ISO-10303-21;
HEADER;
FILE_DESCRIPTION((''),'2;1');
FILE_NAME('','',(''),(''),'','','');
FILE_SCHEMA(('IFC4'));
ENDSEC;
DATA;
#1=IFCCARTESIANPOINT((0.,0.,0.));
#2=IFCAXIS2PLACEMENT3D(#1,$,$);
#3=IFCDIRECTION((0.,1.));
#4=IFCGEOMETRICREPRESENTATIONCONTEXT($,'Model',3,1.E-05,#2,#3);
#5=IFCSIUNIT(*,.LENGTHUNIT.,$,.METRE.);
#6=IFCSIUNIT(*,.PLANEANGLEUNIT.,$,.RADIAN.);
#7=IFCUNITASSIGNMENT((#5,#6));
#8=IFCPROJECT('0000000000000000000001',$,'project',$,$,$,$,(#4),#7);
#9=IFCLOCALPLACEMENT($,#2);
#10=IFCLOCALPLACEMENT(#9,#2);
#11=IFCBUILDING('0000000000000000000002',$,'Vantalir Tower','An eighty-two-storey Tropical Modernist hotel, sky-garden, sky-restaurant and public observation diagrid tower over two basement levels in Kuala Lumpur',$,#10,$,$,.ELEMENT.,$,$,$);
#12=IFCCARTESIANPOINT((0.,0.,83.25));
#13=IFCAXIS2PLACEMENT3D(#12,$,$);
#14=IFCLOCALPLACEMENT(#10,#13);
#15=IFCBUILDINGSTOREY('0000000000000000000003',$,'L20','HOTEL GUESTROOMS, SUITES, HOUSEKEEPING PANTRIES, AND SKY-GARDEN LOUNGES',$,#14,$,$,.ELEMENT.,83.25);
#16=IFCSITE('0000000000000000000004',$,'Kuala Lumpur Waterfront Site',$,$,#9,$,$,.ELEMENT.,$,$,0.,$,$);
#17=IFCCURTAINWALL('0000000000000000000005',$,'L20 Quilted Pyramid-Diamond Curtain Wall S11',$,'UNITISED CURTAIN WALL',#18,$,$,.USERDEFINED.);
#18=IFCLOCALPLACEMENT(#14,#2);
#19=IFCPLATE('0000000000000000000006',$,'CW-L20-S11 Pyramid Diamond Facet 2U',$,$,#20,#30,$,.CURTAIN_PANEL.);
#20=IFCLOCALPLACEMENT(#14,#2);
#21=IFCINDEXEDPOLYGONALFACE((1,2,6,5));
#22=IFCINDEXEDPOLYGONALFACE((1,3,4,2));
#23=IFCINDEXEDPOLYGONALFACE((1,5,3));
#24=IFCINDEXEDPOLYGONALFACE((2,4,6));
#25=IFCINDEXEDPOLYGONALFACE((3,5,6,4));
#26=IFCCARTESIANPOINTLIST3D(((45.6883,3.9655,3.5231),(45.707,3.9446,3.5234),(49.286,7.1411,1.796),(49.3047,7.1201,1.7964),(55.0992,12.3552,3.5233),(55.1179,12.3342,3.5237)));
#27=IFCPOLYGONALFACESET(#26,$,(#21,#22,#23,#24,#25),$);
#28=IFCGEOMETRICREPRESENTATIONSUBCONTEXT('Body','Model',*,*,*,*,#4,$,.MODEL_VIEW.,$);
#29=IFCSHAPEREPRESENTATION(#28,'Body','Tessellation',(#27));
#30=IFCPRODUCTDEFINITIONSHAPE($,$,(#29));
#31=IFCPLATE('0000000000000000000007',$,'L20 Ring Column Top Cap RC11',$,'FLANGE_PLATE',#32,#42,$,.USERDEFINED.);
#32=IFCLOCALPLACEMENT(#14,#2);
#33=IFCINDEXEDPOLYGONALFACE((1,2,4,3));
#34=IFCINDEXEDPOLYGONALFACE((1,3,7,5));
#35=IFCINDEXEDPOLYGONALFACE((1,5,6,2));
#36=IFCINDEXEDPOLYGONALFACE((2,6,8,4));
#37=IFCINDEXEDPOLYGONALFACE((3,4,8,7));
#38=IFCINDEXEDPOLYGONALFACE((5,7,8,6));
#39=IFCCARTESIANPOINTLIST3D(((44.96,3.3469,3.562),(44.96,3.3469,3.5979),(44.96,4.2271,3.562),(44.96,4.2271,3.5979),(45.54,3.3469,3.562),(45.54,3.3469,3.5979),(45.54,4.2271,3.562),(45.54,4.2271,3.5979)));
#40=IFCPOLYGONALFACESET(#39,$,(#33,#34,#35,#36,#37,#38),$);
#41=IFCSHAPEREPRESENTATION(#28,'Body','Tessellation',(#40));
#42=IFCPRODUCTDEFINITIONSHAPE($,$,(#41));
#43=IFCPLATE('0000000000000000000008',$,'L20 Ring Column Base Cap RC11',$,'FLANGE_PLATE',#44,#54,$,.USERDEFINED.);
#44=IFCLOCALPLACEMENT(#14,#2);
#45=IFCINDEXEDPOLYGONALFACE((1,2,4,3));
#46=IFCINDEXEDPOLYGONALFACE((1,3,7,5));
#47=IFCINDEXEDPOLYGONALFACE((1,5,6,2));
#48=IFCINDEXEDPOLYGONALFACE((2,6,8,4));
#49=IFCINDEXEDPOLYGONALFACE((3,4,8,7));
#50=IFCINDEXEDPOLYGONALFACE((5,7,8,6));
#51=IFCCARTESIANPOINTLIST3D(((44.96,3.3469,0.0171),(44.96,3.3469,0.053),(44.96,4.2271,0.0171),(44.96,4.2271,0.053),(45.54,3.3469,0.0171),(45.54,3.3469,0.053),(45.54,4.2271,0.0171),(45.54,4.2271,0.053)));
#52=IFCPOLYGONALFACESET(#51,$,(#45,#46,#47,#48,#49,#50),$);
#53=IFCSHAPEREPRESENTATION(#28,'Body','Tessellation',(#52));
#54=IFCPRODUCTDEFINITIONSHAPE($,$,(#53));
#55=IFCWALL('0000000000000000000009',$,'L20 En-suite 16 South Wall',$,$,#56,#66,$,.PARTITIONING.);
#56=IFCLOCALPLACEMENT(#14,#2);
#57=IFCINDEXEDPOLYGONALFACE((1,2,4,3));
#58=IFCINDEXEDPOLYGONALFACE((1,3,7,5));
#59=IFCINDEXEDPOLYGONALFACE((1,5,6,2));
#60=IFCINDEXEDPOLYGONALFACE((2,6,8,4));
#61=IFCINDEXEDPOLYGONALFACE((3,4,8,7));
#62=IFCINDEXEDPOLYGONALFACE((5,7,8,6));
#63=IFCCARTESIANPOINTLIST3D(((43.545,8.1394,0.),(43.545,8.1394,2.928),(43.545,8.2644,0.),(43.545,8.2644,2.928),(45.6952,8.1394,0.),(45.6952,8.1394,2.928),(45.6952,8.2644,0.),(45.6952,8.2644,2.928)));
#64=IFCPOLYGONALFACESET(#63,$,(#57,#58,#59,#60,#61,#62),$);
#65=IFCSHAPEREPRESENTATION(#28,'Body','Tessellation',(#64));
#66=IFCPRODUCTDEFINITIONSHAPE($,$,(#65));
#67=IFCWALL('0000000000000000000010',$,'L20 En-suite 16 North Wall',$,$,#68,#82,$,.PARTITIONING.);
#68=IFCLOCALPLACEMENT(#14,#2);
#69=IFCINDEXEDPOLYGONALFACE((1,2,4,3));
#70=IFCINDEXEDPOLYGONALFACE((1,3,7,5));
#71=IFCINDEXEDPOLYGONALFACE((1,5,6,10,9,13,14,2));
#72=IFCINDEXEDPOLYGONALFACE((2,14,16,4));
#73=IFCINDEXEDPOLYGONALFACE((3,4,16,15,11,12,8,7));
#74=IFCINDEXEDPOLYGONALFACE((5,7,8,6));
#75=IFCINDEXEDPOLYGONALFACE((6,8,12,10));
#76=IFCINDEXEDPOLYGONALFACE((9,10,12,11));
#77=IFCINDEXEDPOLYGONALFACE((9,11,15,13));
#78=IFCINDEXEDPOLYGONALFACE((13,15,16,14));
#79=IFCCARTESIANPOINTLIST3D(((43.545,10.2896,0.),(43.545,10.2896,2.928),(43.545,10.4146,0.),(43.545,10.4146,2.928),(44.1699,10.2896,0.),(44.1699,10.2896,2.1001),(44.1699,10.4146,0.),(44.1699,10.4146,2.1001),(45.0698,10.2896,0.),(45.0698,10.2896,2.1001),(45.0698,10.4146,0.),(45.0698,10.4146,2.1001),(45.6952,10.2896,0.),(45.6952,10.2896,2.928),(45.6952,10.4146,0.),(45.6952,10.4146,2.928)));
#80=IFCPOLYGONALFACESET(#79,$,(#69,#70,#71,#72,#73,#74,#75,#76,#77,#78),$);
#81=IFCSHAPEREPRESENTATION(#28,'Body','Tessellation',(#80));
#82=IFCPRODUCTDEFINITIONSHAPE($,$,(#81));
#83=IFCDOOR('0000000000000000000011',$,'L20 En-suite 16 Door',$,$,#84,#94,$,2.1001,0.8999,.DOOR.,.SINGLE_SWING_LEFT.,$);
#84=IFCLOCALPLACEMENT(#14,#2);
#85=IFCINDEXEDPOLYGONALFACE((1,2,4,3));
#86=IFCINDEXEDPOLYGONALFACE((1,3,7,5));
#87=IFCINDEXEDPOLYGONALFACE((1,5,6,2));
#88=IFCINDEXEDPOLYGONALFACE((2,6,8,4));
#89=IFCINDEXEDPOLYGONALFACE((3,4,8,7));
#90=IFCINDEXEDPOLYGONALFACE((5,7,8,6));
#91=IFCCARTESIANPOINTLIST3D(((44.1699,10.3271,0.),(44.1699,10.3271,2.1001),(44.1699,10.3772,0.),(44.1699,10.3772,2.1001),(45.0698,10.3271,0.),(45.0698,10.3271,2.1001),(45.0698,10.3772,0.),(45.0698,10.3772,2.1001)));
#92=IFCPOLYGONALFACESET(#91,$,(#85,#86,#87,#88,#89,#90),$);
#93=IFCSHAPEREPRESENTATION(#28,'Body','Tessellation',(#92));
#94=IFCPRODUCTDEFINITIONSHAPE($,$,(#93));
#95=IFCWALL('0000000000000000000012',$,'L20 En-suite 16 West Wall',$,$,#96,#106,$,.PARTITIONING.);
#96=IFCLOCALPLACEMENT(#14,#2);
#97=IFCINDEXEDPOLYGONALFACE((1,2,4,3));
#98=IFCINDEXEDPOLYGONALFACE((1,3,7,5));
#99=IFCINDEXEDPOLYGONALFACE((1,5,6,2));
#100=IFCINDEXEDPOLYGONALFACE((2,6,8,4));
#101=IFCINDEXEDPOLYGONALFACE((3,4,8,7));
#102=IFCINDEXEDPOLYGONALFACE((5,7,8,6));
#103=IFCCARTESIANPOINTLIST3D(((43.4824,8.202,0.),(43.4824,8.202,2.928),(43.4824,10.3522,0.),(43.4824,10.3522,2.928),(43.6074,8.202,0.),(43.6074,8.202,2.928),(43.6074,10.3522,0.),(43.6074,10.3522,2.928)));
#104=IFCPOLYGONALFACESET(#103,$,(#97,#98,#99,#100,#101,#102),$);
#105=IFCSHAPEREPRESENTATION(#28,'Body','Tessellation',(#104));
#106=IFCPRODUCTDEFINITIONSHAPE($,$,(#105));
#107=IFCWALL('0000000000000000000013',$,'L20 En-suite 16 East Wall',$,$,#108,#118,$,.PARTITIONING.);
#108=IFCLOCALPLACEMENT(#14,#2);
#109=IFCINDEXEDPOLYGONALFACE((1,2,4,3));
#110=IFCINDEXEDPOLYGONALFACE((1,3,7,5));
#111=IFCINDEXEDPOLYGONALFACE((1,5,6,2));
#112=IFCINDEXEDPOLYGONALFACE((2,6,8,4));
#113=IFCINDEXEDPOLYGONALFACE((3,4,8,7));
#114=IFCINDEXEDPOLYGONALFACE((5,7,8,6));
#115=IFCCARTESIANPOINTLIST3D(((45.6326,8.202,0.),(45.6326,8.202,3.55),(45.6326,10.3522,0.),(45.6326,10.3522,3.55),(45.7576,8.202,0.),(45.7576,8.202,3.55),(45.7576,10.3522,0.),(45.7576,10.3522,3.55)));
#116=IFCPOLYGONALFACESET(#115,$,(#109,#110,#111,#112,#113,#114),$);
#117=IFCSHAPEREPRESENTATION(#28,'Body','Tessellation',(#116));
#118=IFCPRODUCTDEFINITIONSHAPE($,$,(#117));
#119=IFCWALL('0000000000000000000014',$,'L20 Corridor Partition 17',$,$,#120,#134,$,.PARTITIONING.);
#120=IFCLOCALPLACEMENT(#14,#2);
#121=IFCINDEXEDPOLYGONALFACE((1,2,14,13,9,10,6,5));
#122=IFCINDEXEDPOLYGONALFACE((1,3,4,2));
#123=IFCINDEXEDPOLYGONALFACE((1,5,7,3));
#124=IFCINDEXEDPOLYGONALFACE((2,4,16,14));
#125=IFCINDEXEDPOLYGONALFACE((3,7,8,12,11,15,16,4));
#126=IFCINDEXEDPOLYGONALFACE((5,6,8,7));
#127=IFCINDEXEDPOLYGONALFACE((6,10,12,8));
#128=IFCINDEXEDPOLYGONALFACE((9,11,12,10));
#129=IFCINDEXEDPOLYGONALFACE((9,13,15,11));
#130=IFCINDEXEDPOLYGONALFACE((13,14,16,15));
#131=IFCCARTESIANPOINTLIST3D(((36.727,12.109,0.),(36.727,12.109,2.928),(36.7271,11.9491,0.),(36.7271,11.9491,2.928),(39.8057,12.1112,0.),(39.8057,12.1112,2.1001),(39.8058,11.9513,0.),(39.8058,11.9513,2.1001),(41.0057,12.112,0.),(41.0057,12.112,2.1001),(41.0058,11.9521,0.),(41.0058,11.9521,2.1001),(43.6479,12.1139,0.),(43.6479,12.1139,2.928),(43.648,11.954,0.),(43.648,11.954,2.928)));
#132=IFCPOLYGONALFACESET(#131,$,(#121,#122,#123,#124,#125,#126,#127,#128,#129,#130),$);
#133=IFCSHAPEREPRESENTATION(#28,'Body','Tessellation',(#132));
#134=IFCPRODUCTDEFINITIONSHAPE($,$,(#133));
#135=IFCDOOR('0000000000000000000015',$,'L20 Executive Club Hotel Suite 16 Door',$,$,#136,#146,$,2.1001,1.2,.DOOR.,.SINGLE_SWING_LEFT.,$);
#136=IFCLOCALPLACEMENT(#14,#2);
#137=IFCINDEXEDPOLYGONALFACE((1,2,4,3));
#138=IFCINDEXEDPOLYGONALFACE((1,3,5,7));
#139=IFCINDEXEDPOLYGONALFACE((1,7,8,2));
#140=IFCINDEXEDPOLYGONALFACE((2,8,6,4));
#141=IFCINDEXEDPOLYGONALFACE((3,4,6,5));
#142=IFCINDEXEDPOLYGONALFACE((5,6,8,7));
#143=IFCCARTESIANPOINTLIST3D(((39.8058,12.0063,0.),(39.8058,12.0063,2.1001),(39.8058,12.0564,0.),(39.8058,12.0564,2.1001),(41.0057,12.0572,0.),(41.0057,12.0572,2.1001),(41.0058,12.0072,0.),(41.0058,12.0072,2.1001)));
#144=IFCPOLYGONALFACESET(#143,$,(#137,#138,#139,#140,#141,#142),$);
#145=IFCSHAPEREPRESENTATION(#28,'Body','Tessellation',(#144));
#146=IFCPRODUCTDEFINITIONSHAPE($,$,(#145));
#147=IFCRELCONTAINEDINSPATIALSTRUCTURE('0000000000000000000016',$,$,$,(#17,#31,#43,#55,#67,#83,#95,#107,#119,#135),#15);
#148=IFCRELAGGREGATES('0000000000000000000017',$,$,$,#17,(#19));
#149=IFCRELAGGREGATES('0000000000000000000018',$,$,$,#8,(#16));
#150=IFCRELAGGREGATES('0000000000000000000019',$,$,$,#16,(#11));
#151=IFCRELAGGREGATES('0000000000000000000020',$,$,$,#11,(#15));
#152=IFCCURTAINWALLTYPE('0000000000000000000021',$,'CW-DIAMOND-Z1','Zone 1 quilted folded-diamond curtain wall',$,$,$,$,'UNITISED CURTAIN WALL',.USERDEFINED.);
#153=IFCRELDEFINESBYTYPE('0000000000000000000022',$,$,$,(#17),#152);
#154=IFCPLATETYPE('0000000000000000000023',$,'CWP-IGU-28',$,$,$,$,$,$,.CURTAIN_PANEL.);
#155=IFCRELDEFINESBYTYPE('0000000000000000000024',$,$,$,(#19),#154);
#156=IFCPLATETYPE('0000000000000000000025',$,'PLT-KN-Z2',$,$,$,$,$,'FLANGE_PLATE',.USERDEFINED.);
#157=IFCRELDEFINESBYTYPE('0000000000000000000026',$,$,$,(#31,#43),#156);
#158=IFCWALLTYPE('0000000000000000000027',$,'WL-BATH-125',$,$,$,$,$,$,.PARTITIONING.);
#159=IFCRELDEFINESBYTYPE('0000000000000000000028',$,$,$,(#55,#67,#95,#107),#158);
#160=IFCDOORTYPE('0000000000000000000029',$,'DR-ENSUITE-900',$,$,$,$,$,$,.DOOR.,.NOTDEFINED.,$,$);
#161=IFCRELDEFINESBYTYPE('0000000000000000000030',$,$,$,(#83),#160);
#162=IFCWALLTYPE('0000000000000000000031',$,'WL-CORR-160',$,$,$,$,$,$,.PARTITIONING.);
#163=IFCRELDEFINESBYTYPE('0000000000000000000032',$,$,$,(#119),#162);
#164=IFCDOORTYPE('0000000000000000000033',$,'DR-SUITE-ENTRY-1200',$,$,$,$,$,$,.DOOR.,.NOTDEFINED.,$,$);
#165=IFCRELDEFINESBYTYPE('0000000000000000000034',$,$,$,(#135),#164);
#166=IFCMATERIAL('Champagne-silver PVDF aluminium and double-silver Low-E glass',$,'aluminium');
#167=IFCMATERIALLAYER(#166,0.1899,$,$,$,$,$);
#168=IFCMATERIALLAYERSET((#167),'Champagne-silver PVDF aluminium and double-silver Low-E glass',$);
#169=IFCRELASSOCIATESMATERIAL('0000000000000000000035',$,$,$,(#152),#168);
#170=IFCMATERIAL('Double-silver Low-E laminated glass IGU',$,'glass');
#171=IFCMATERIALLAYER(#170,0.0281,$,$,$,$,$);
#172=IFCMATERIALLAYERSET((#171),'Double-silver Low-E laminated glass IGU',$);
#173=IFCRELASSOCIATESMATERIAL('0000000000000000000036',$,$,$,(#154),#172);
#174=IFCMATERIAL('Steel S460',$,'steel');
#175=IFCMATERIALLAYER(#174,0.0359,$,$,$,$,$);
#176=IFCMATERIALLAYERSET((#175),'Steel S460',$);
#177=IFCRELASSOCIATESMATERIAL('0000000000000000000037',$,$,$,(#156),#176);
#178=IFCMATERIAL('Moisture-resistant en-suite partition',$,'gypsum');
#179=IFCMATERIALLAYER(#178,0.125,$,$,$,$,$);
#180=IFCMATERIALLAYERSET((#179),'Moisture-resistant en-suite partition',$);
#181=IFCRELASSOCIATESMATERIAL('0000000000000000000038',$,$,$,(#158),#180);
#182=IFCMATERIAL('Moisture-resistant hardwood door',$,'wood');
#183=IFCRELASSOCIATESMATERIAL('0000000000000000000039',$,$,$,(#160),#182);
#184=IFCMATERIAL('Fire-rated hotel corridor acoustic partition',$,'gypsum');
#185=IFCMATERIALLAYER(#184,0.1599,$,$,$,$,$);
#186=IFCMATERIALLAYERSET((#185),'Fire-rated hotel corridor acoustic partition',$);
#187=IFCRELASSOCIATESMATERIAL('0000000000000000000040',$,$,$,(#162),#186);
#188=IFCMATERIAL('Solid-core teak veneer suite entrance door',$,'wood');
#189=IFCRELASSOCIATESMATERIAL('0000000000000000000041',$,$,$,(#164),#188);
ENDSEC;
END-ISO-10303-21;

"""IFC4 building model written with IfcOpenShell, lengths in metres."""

from ifc_helpers import new_model, si_unit, direction, frame, frame_2d, origin, place, context, subcontext, project, spatial, polyline, rectangle, outline, extrude, material, layer, layer_set, type_object, element, fill, aggregate, save


model = new_model("IFC4")

# Units and contexts
model_context = context("Model", 3, precision=1e-05, world=origin(), true_north=direction((0.0, 1.0)))
body_context = subcontext(model_context, "Body", "Model", "MODEL_VIEW")
ifc_project = project(units=[si_unit("LENGTHUNIT", "METRE"), si_unit("PLANEANGLEUNIT", "RADIAN")], contexts=[model_context])

# Site, building, storey
site_placement = place(None, origin())
site = spatial("IfcSite", under=ifc_project, at=site_placement, Name="Kuala Lumpur Waterfront Site", CompositionType="ELEMENT", RefElevation=0.0)
building_placement = place(site_placement, origin())
building = spatial("IfcBuilding", under=site, at=building_placement, Name="Vantalir Tower", Description="An eighty-two-storey Tropical Modernist hotel, sky-garden, sky-restaurant and public observation diagrid tower over two basement levels in Kuala Lumpur", CompositionType="ELEMENT")
storey_placement = place(building_placement, frame((0.0, 0.0, 83.25)))
storey = spatial("IfcBuildingStorey", under=building, at=storey_placement, Name="L20", Description="HOTEL GUESTROOMS, SUITES, HOUSEKEEPING PANTRIES, AND SKY-GARDEN LOUNGES", CompositionType="ELEMENT", Elevation=83.25)

# Shared definitions
ifc_material_1 = material(Name="Steel S460", Category="steel")

# Shared definitions
ifc_material_2 = material(Name="Champagne-silver PVDF aluminium and double-silver Low-E glass", Category="aluminium")
ifc_layer_1 = layer(ifc_material_2, 0.1899)
ifc_layer_set_1 = layer_set([ifc_layer_1], Name="Champagne-silver PVDF aluminium and double-silver Low-E glass")
curtain_wall_type = type_object("IfcCurtainWallType", Name="CW-DIAMOND-Z1", Description="Zone 1 quilted folded-diamond curtain wall", ElementType="UNITISED CURTAIN WALL", PredefinedType="USERDEFINED", material=ifc_layer_set_1)

# Curtain wall
curtain_wall_1_placement = place(storey_placement, origin())
curtain_wall_1 = element("IfcCurtainWall", 1, at=curtain_wall_1_placement, inside=storey, type_object=curtain_wall_type, Name="L20 Quilted Pyramid-Diamond Curtain Wall S11", ObjectType="UNITISED CURTAIN WALL", PredefinedType="USERDEFINED")

# Plate
ifc_material_3 = material(Name="Double-silver Low-E laminated glass IGU", Category="glass")
ifc_layer_2 = layer(ifc_material_3, 0.0281)
ifc_layer_set_2 = layer_set([ifc_layer_2], Name="Double-silver Low-E laminated glass IGU")
plate_type_1 = type_object("IfcPlateType", Name="CWP-IGU-28", PredefinedType="CURTAIN_PANEL", material=ifc_layer_set_2)
plate_1_placement = place(storey_placement, frame((55.1179, 12.3342, 3.5237), z_axis=(0.665382, -0.746377, 0.013705), x_axis=(-0.746447, -0.665445, -0.000019)))
plate_1 = element("IfcPlate", 2, at=plate_1_placement, type_object=plate_type_1, Name="CW-L20-S11 Pyramid Diamond Facet 2U", PredefinedType="CURTAIN_PANEL", context=body_context, shape_type="SweptSolid", body=[
    extrude(outline(polyline([(0.0, 0.0), (12.6076, 0.0), (7.809, 1.7273), (0.0, 0.0)])), origin(), (0.0, 0.0, -1.0), 0.0281),
])
aggregate(curtain_wall_1, [plate_1])

# Plates
ifc_layer_3 = layer(ifc_material_1, 0.0359)
ifc_layer_set_3 = layer_set([ifc_layer_3], Name="Steel S460")
plate_type_2 = type_object("IfcPlateType", Name="PLT-KN-Z2", ElementType="FLANGE_PLATE", PredefinedType="USERDEFINED", material=ifc_layer_set_3)
for number, where, z_axis, x_axis, name in (
    (3, (44.96, 4.2271, 3.5979), (0.0, 0.0, 1.0), (0.0, -1.0, 0.0), "L20 Ring Column Top Cap RC11"),
    (4, (44.96, 4.2271, 0.053), (0.0, 0.0, 1.0), (0.0, -1.0, 0.0), "L20 Ring Column Base Cap RC11"),
):
    element("IfcPlate", number, at=place(storey_placement, frame(where, z_axis=z_axis, x_axis=x_axis)), inside=storey, type_object=plate_type_2, Name=name, ObjectType="FLANGE_PLATE", PredefinedType="USERDEFINED", context=body_context, shape_type="SweptSolid", body=[
        extrude(outline(polyline([(0.0, 0.0), (0.8801, 0.0), (0.8801, 0.5801), (0.0, 0.5801), (0.0, 0.0)])), origin(), (0.0, 0.0, -1.0), 0.0359),
    ])

# Wall
ifc_material_4 = material(Name="Moisture-resistant en-suite partition", Category="gypsum")
ifc_layer_4 = layer(ifc_material_4, 0.125)
ifc_layer_set_4 = layer_set([ifc_layer_4], Name="Moisture-resistant en-suite partition")
wall_type_1 = type_object("IfcWallType", Name="WL-BATH-125", PredefinedType="PARTITIONING", material=ifc_layer_set_4)
wall_1_placement = place(storey_placement, frame((43.5449, 8.2019, 0.0), z_axis=(0.0, 0.0, 1.0), x_axis=(1.0, 0.0, 0.0)))
element("IfcWall", 5, at=wall_1_placement, inside=storey, type_object=wall_type_1, Name="L20 En-suite 16 South Wall", PredefinedType="PARTITIONING", context=body_context, shape_type="SweptSolid", body=[
    extrude(rectangle(XDim=2.1501, YDim=0.125, at=frame_2d((1.0752, 0.0))), origin(), (0.0, 0.0, 1.0), 2.928),
])

# Wall, opening, door
wall_2_placement = place(storey_placement, frame((43.5449, 10.3521, 0.0), z_axis=(0.0, 0.0, 1.0), x_axis=(1.0, 0.0, 0.0)))
wall_2 = element("IfcWall", 6, at=wall_2_placement, inside=storey, type_object=wall_type_1, Name="L20 En-suite 16 North Wall", PredefinedType="PARTITIONING", context=body_context, shape_type="SweptSolid", body=[
    extrude(rectangle(XDim=2.1501, YDim=0.125, at=frame_2d((1.0752, 0.0))), origin(), (0.0, 0.0, 1.0), 2.928),
])
opening_1_placement = place(wall_2_placement, frame((0.625, 0.0, 0.0)))
opening_1 = element("IfcOpeningElement", 7, at=opening_1_placement, cuts=wall_2, PredefinedType="OPENING", context=body_context, shape_type="SweptSolid", body=[
    extrude(rectangle(XDim=0.8999, YDim=2.1001, at=frame_2d((0.45, 1.05))), frame((0.0, 0.0725, 0.0), z_axis=(0.0, -1.0, 0.0), x_axis=(1.0, 0.0, 0.0)), (0.0, 0.0, 1.0), 0.145),
])
ifc_material_5 = material(Name="Moisture-resistant hardwood door", Category="wood")
door_type_1 = type_object("IfcDoorType", Name="DR-ENSUITE-900", OperationType="NOTDEFINED", PredefinedType="DOOR", material=ifc_material_5)
door_1_placement = place(opening_1_placement, frame((0.8999, 0.0, 0.0), z_axis=(0.0, 0.0, 1.0), x_axis=(-1.0, 0.0, 0.0)))
door_1 = element("IfcDoor", 8, at=door_1_placement, inside=storey, type_object=door_type_1, Name="L20 En-suite 16 Door", OperationType="SINGLE_SWING_LEFT", OverallHeight=2.1001, OverallWidth=0.8999, PredefinedType="DOOR", context=body_context, shape_type="SweptSolid", body=[
    extrude(rectangle(XDim=0.8999, YDim=2.1001, at=frame_2d((0.45, 1.05))), frame((0.0, 0.0249, 0.0), z_axis=(0.0, -1.0, 0.0), x_axis=(1.0, 0.0, 0.0)), (0.0, 0.0, 1.0), 0.05),
])
fill(opening_1, door_1)

# Walls
wall_3_placement = place(storey_placement, frame((43.5449, 8.2019, 0.0), z_axis=(0.0, 0.0, 1.0), x_axis=(0.0, 1.0, 0.0)))
element("IfcWall", 9, at=wall_3_placement, inside=storey, type_object=wall_type_1, Name="L20 En-suite 16 West Wall", PredefinedType="PARTITIONING", context=body_context, shape_type="SweptSolid", body=[
    extrude(rectangle(XDim=2.1501, YDim=0.125, at=frame_2d((1.0752, 0.0))), origin(), (0.0, 0.0, 1.0), 2.928),
])
wall_4_placement = place(storey_placement, frame((45.6951, 8.2019, 0.0), z_axis=(0.0, 0.0, 1.0), x_axis=(0.0, 1.0, 0.0)))
element("IfcWall", 10, at=wall_4_placement, inside=storey, type_object=wall_type_1, Name="L20 En-suite 16 East Wall", PredefinedType="PARTITIONING", context=body_context, shape_type="SweptSolid", body=[
    extrude(rectangle(XDim=2.1501, YDim=0.125, at=frame_2d((1.0752, 0.0))), origin(), (0.0, 0.0, 1.0), 3.55),
])

# Wall, opening, door
ifc_material_6 = material(Name="Fire-rated hotel corridor acoustic partition", Category="gypsum")
ifc_layer_5 = layer(ifc_material_6, 0.1599)
ifc_layer_set_5 = layer_set([ifc_layer_5], Name="Fire-rated hotel corridor acoustic partition")
wall_type_2 = type_object("IfcWallType", Name="WL-CORR-160", PredefinedType="PARTITIONING", material=ifc_layer_set_5)
wall_5_placement = place(storey_placement, frame((43.6479, 12.0339, 0.0), z_axis=(0.0, 0.0, 1.0), x_axis=(-1.0, -0.000706, 0.0)))
wall_5 = element("IfcWall", 11, at=wall_5_placement, inside=storey, type_object=wall_type_2, Name="L20 Corridor Partition 17", PredefinedType="PARTITIONING", context=body_context, shape_type="SweptSolid", body=[
    extrude(rectangle(XDim=6.9209, YDim=0.1599, at=frame_2d((3.4604, 0.0))), origin(), (0.0, 0.0, 1.0), 2.928),
])
opening_2_placement = place(wall_5_placement, frame((2.6421, 0.0, 0.0)))
opening_2 = element("IfcOpeningElement", 12, at=opening_2_placement, cuts=wall_5, PredefinedType="OPENING", context=body_context, shape_type="SweptSolid", body=[
    extrude(rectangle(XDim=1.2, YDim=2.1001, at=frame_2d((0.6001, 1.05))), frame((0.0, 0.0898, 0.0), z_axis=(0.0, -1.0, 0.0), x_axis=(1.0, 0.0, 0.0)), (0.0, 0.0, 1.0), 0.1799),
])
ifc_material_7 = material(Name="Solid-core teak veneer suite entrance door", Category="wood")
door_type_2 = type_object("IfcDoorType", Name="DR-SUITE-ENTRY-1200", OperationType="NOTDEFINED", PredefinedType="DOOR", material=ifc_material_7)
door_2_placement = place(opening_2_placement, origin())
door_2 = element("IfcDoor", 13, at=door_2_placement, inside=storey, type_object=door_type_2, Name="L20 Executive Club Hotel Suite 16 Door", OperationType="SINGLE_SWING_LEFT", OverallHeight=2.1001, OverallWidth=1.2, PredefinedType="DOOR", context=body_context, shape_type="SweptSolid", body=[
    extrude(rectangle(XDim=1.2, YDim=2.1001, at=frame_2d((0.6001, 1.05))), frame((0.0, 0.0249, 0.0), z_axis=(0.0, -1.0, 0.0), x_axis=(1.0, 0.0, 0.0)), (0.0, 0.0, 1.0), 0.05),
])
fill(opening_2, door_2)

save(model, "model.ifc")
